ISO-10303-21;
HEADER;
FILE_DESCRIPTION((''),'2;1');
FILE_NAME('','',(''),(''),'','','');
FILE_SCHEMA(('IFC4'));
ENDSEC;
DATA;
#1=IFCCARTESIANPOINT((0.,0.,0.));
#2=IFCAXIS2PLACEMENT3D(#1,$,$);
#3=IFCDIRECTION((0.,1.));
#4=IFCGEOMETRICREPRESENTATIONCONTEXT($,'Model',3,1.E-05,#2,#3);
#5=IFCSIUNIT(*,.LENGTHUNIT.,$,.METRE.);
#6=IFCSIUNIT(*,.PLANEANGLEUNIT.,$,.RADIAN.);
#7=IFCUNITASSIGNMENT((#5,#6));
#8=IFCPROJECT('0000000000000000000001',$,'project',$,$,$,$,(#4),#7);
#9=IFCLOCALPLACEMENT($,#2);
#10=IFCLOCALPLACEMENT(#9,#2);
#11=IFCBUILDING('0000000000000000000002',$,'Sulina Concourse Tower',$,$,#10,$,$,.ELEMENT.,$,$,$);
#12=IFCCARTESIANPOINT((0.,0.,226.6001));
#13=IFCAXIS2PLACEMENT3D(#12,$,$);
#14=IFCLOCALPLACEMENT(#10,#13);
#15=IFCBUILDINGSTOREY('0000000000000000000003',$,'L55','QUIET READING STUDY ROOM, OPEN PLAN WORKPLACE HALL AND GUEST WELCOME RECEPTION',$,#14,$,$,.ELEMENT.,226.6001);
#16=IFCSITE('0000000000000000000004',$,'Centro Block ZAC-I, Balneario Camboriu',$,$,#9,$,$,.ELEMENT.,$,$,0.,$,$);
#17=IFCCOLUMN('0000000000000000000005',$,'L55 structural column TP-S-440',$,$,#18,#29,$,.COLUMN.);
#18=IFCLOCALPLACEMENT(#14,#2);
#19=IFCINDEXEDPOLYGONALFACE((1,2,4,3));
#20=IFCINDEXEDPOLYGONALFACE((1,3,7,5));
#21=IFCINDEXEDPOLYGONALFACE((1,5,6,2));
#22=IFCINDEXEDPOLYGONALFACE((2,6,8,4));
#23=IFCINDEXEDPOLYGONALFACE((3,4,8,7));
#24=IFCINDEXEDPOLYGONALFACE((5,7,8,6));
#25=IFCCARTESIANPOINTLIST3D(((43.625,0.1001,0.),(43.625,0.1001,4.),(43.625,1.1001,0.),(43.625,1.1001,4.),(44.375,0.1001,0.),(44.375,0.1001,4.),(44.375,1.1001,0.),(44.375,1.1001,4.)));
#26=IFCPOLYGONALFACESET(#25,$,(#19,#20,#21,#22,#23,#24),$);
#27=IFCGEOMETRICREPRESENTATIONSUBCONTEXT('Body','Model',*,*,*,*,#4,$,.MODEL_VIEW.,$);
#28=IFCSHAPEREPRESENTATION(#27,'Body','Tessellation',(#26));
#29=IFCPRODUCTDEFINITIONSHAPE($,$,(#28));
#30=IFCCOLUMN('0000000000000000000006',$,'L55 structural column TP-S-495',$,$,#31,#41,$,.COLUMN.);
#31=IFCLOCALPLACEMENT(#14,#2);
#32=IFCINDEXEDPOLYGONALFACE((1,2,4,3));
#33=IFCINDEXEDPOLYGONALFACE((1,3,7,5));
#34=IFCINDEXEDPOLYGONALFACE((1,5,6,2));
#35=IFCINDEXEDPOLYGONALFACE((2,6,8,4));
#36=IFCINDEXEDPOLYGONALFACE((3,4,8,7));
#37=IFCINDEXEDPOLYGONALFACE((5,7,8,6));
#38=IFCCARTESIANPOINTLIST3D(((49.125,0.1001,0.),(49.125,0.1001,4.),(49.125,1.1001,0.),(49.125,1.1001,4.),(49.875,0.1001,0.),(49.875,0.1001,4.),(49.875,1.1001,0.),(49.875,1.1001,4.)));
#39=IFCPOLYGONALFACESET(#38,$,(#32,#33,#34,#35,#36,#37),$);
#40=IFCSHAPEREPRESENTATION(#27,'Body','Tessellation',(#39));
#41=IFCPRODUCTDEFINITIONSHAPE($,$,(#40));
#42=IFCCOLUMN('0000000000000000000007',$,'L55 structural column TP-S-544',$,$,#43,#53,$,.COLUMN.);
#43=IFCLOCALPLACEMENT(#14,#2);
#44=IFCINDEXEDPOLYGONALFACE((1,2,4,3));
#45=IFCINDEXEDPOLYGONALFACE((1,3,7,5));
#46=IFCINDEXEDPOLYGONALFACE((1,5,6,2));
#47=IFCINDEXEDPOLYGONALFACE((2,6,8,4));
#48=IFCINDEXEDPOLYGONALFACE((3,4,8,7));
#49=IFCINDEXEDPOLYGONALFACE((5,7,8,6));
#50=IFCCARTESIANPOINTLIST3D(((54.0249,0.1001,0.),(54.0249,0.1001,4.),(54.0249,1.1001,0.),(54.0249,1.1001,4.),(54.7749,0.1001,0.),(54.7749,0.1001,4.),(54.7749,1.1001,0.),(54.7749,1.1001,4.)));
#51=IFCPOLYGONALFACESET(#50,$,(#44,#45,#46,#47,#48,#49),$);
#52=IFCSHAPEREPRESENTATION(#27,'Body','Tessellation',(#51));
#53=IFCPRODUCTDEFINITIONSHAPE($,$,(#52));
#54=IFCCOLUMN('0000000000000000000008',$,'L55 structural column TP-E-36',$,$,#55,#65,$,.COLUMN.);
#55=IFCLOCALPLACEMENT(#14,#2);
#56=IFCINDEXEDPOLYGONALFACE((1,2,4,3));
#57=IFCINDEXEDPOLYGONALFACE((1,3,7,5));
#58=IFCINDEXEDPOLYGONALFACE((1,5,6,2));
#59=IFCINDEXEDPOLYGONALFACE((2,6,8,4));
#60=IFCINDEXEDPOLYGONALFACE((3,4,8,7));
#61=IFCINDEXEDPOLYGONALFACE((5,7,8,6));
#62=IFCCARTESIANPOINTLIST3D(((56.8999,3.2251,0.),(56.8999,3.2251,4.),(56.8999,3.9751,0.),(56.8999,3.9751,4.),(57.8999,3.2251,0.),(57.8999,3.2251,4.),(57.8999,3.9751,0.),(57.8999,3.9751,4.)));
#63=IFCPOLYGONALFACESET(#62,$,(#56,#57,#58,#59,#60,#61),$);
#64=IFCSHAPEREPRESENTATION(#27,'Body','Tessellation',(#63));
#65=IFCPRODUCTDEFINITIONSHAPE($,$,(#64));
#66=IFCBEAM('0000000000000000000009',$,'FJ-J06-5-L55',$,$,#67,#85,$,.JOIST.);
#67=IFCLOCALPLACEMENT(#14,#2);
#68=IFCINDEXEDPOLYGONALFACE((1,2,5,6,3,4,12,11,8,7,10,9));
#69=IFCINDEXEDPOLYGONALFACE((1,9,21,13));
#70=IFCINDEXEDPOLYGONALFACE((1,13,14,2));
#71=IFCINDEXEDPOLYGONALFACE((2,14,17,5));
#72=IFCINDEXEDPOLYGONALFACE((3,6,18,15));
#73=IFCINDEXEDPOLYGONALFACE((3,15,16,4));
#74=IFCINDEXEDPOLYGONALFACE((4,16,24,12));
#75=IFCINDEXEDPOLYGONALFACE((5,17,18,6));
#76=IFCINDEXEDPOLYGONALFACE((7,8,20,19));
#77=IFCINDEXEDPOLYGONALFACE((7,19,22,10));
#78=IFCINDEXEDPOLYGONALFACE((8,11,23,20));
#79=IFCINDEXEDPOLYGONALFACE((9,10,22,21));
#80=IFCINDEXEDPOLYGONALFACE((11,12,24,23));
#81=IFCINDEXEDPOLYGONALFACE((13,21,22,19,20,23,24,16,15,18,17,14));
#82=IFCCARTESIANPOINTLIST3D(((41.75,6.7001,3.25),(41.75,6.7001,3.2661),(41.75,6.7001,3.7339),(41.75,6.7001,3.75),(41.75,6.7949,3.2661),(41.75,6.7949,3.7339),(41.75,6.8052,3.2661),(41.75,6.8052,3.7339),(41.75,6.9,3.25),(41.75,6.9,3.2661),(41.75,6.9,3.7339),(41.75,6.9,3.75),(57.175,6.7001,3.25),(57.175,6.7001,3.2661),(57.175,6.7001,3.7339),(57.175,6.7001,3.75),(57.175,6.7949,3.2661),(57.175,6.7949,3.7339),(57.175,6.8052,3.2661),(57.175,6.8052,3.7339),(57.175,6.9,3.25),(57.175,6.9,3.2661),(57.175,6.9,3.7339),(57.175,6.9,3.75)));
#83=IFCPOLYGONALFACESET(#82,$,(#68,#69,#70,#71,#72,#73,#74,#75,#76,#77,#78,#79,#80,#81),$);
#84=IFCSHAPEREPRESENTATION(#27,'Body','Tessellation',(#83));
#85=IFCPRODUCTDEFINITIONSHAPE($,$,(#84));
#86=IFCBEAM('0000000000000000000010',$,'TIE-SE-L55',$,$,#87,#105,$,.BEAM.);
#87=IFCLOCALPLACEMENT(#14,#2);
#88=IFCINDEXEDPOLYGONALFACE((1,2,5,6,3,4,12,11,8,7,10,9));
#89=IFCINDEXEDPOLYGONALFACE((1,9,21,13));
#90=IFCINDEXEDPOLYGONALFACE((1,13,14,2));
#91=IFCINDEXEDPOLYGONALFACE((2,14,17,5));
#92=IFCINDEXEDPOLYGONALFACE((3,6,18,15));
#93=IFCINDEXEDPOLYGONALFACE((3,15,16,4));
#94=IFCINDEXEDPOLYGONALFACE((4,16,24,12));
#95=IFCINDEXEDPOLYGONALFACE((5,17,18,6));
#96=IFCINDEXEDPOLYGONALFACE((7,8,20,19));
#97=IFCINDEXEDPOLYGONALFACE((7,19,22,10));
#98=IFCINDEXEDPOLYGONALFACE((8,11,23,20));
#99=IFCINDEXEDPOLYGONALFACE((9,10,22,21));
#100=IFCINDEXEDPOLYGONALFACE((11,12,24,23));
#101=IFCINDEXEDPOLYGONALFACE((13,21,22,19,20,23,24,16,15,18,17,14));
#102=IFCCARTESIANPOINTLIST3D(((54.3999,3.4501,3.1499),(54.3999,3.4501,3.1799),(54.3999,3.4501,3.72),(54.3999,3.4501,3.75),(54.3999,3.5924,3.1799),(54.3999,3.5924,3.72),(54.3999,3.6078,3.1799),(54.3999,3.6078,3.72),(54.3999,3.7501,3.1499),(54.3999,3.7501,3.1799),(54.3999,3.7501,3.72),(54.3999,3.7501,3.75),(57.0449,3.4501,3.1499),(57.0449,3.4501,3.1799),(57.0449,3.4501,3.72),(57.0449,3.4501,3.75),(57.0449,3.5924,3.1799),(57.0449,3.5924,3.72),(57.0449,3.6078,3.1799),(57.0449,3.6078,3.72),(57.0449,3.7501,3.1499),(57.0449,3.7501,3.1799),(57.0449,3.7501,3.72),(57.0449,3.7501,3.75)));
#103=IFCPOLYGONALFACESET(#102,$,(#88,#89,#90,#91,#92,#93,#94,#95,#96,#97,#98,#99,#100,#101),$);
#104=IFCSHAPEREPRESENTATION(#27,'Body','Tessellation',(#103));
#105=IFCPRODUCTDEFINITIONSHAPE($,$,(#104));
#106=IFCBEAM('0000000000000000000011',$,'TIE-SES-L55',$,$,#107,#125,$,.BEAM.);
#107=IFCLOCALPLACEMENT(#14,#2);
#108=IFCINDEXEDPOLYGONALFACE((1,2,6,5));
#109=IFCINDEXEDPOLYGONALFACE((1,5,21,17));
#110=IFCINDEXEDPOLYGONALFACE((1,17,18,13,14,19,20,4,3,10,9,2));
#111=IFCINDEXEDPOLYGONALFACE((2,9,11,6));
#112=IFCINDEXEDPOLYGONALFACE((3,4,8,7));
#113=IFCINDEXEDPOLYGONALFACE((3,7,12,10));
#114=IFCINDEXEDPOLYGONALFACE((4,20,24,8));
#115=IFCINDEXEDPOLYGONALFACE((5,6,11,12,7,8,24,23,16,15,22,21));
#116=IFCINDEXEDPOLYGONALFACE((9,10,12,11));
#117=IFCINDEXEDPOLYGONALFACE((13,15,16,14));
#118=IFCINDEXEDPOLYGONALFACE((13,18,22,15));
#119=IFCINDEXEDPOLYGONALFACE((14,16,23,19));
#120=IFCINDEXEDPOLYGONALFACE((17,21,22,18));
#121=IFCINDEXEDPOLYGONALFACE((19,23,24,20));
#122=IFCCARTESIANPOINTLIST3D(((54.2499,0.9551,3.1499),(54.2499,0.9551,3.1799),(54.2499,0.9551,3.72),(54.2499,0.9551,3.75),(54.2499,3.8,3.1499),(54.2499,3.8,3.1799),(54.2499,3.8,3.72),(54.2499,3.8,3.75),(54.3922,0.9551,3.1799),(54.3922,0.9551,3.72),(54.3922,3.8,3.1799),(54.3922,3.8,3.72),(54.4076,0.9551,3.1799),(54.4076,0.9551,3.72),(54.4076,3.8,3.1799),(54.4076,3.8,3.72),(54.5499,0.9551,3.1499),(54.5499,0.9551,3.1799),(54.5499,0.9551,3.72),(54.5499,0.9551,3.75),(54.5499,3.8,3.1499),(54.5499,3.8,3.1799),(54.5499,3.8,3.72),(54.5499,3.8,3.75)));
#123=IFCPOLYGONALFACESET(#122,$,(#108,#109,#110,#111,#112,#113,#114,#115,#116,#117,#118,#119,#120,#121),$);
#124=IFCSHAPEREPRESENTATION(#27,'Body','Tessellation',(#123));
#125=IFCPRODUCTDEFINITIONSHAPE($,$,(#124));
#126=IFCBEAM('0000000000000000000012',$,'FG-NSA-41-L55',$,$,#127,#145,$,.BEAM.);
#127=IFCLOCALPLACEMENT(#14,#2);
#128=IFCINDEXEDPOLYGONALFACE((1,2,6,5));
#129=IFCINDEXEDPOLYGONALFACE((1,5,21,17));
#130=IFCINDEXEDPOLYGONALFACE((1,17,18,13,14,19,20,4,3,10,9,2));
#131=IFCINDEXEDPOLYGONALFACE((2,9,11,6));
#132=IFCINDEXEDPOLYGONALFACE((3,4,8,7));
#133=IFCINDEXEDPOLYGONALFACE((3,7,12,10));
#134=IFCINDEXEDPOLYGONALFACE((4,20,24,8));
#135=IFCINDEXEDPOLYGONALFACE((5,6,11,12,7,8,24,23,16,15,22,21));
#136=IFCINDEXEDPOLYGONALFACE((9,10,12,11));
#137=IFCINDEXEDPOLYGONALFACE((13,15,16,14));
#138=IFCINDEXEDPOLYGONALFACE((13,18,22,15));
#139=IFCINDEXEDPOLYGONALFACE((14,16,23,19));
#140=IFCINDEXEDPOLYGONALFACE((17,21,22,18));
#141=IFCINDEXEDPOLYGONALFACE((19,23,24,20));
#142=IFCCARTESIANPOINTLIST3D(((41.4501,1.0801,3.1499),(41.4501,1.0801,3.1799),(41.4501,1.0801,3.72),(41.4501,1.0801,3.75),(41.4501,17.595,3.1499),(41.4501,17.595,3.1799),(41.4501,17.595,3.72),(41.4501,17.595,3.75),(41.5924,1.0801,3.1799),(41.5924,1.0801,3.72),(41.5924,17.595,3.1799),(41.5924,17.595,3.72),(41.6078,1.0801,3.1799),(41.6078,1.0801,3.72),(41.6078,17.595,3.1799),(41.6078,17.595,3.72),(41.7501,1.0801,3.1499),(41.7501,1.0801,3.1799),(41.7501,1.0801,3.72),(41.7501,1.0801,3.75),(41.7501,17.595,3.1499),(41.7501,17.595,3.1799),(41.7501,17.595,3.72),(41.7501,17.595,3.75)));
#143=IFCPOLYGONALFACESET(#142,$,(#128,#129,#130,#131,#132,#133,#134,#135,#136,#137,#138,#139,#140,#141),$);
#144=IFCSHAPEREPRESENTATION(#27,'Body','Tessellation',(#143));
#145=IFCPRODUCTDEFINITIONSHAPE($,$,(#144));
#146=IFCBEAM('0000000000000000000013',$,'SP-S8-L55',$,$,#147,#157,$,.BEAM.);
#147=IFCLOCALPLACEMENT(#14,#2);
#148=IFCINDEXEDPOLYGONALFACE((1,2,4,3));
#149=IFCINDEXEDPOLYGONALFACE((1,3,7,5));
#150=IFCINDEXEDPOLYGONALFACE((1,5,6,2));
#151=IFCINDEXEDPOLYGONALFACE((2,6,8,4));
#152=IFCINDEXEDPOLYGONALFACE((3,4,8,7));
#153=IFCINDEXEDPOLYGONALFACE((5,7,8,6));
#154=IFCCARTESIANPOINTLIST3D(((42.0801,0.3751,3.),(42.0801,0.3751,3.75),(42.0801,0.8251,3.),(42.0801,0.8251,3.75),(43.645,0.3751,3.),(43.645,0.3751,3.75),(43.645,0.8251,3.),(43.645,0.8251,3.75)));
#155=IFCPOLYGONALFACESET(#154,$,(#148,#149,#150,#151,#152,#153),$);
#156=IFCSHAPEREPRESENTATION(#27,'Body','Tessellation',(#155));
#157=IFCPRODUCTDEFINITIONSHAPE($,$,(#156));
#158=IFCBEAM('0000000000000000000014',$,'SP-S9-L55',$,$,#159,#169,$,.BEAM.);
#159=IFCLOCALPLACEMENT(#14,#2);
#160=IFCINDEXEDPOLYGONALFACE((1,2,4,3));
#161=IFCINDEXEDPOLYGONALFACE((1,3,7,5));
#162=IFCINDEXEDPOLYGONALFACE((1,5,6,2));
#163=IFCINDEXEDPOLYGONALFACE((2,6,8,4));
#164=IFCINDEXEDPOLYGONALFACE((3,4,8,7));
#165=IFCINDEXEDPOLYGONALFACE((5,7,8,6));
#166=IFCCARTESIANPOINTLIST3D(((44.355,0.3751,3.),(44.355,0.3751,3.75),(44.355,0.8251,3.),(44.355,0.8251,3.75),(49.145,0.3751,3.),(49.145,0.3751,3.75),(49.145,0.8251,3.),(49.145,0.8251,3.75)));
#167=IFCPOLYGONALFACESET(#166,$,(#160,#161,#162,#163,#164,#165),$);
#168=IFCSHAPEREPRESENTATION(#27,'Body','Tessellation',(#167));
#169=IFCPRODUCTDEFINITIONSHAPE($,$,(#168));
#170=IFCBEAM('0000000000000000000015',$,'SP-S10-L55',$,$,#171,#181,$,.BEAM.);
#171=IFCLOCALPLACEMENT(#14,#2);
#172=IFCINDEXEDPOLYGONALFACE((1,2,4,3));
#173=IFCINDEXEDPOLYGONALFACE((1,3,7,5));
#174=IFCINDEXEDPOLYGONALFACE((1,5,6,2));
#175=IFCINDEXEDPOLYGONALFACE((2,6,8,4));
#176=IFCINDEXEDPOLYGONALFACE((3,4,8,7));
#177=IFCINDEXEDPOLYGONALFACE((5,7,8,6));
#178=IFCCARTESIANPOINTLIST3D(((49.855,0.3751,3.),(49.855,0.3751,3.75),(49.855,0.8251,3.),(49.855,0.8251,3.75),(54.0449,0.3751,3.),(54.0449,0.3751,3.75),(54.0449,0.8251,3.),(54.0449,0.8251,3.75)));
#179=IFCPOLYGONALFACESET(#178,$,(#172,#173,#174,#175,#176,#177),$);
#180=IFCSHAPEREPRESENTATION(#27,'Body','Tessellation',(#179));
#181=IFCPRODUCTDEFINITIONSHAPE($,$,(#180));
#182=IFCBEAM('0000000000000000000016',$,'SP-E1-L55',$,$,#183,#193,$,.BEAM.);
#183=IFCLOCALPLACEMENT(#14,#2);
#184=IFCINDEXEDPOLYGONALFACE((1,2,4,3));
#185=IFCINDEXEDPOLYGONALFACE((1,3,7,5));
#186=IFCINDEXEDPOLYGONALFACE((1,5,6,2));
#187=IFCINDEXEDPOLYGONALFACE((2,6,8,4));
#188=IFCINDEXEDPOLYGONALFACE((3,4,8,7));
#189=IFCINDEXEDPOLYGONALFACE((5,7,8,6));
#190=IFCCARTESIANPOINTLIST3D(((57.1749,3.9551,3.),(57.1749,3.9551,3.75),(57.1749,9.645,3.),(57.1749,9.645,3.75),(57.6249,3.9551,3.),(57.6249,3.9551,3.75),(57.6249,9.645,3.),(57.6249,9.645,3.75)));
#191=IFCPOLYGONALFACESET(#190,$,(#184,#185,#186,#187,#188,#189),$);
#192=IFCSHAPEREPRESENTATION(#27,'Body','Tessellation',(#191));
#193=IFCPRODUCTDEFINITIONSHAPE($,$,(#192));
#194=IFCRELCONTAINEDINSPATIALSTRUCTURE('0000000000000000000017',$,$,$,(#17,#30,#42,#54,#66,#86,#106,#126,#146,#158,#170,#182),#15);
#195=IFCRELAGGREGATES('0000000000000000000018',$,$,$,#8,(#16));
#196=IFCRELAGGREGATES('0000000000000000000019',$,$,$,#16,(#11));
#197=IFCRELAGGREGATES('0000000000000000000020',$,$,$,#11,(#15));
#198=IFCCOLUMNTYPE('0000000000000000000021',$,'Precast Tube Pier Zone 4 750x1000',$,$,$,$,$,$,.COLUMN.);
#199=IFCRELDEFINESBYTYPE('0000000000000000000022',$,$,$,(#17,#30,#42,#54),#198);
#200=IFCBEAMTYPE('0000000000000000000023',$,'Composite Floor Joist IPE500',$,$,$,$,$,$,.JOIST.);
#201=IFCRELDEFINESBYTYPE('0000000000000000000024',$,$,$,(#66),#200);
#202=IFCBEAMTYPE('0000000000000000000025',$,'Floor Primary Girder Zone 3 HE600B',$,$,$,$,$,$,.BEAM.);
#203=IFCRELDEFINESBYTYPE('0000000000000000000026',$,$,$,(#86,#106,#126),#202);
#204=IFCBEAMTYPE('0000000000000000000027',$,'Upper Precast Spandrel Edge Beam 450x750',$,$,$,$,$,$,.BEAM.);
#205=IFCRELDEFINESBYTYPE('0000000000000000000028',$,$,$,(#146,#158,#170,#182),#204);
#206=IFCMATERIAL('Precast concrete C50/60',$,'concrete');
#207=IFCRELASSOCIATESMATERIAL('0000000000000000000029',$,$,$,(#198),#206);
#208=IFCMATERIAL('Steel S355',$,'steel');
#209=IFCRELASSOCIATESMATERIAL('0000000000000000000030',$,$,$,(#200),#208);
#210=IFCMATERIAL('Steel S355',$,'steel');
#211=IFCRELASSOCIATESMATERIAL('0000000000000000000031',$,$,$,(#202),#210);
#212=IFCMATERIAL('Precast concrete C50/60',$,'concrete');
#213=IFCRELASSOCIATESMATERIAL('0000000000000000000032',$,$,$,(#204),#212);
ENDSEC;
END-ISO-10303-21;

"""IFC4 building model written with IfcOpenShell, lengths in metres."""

from ifc_helpers import new_model, si_unit, direction, frame, origin, origin_2d, place, context, subcontext, project, spatial, rectangle, i_section, extrude, material, material_profile, profile_set, type_object, element, save


model = new_model("IFC4")

# Units and contexts
model_context = context("Model", 3, precision=1e-05, world=origin(), true_north=direction((0.0, 1.0)))
body_context = subcontext(model_context, "Body", "Model", "MODEL_VIEW")
ifc_project = project(units=[si_unit("LENGTHUNIT", "METRE"), si_unit("PLANEANGLEUNIT", "RADIAN")], contexts=[model_context])

# Site, building, storey
site_placement = place(None, origin())
site = spatial("IfcSite", under=ifc_project, at=site_placement, Name="Centro Block ZAC-I, Balneario Camboriu", CompositionType="ELEMENT", RefElevation=0.0)
building_placement = place(site_placement, origin())
building = spatial("IfcBuilding", under=site, at=building_placement, Name="Sulina Concourse Tower", CompositionType="ELEMENT")
storey_placement = place(building_placement, frame((0.0, 0.0, 226.6001)))
storey = spatial("IfcBuildingStorey", under=building, at=storey_placement, Name="L55", Description="QUIET READING STUDY ROOM, OPEN PLAN WORKPLACE HALL AND GUEST WELCOME RECEPTION", CompositionType="ELEMENT", Elevation=226.6001)

# Columns
ifc_material_1 = material(Name="Precast concrete C50/60", Category="concrete")
ifc_material_profile_1 = material_profile(ifc_material_1, rectangle(XDim=0.75, YDim=1.0, at=origin_2d()), Name="PC 750x1000")
ifc_profile_set_1 = profile_set([ifc_material_profile_1], Name="Precast concrete C50/60")
column_type = type_object("IfcColumnType", Name="Precast Tube Pier Zone 4 750x1000", PredefinedType="COLUMN", material=ifc_profile_set_1)
for number, where, z_axis, x_axis, name in (
    (1, (44.0, 0.6001, 0.0), (0.0, 0.0, 1.0), (1.0, 0.0, 0.0), "L55 structural column TP-S-440"),
    (2, (49.5, 0.6001, 0.0), (0.0, 0.0, 1.0), (1.0, 0.0, 0.0), "L55 structural column TP-S-495"),
    (3, (54.3999, 0.6001, 0.0), (0.0, 0.0, 1.0), (1.0, 0.0, 0.0), "L55 structural column TP-S-544"),
    (4, (57.3999, 3.6001, 0.0), (0.0, 0.0, 1.0), (0.0, 1.0, 0.0), "L55 structural column TP-E-36"),
):
    element("IfcColumn", number, at=place(storey_placement, frame(where, z_axis=z_axis, x_axis=x_axis)), inside=storey, type_object=column_type, Name=name, PredefinedType="COLUMN", context=body_context, shape_type="SweptSolid", body=[
        extrude(rectangle(XDim=0.75, YDim=1.0, at=origin_2d()), origin(), (0.0, 0.0, 1.0), 4.0),
    ])

# Beams
ifc_material_2 = material(Name="Steel S355", Category="steel")
ifc_material_profile_2 = material_profile(ifc_material_2, i_section(OverallWidth=0.2, OverallDepth=0.5, WebThickness=0.0103, FlangeThickness=0.0161, at=origin_2d()), Name="IPE 500")
ifc_profile_set_2 = profile_set([ifc_material_profile_2], Name="Steel S355")
beam_type_1 = type_object("IfcBeamType", Name="Composite Floor Joist IPE500", PredefinedType="JOIST", material=ifc_profile_set_2)
beam_1_placement = place(storey_placement, frame((41.75, 6.8, 3.5), z_axis=(1.0, 0.0, 0.0), x_axis=(0.0, 1.0, 0.0)))
element("IfcBeam", 5, at=beam_1_placement, inside=storey, type_object=beam_type_1, Name="FJ-J06-5-L55", PredefinedType="JOIST", context=body_context, shape_type="SweptSolid", body=[
    extrude(i_section(OverallWidth=0.2, OverallDepth=0.5, WebThickness=0.0103, FlangeThickness=0.0161, at=origin_2d()), origin(), (0.0, 0.0, 1.0), 15.425),
])
ifc_material_3 = material(Name="Steel S355", Category="steel")
ifc_material_profile_3 = material_profile(ifc_material_3, i_section(OverallWidth=0.3, OverallDepth=0.6001, WebThickness=0.0154, FlangeThickness=0.03, at=origin_2d()), Name="HE 600 B")
ifc_profile_set_3 = profile_set([ifc_material_profile_3], Name="Steel S355")
beam_type_2 = type_object("IfcBeamType", Name="Floor Primary Girder Zone 3 HE600B", PredefinedType="BEAM", material=ifc_profile_set_3)
beam_2_placement = place(storey_placement, frame((54.3999, 3.6001, 3.45), z_axis=(1.0, 0.0, 0.0), x_axis=(0.0, 1.0, 0.0)))
element("IfcBeam", 6, at=beam_2_placement, inside=storey, type_object=beam_type_2, Name="TIE-SE-L55", PredefinedType="BEAM", context=body_context, shape_type="SweptSolid", body=[
    extrude(i_section(OverallWidth=0.3, OverallDepth=0.6001, WebThickness=0.0154, FlangeThickness=0.03, at=origin_2d()), origin(), (0.0, 0.0, 1.0), 2.645),
])
beam_3_placement = place(storey_placement, frame((54.3999, 0.9551, 3.45), z_axis=(0.0, 1.0, 0.0), x_axis=(-1.0, 0.0, 0.0)))
element("IfcBeam", 7, at=beam_3_placement, inside=storey, type_object=beam_type_2, Name="TIE-SES-L55", PredefinedType="BEAM", context=body_context, shape_type="SweptSolid", body=[
    extrude(i_section(OverallWidth=0.3, OverallDepth=0.6001, WebThickness=0.0154, FlangeThickness=0.03, at=origin_2d()), origin(), (0.0, 0.0, 1.0), 2.845),
])
beam_4_placement = place(storey_placement, frame((41.6001, 1.0801, 3.45), z_axis=(0.0, 1.0, 0.0), x_axis=(-1.0, 0.0, 0.0)))
element("IfcBeam", 8, at=beam_4_placement, inside=storey, type_object=beam_type_2, Name="FG-NSA-41-L55", PredefinedType="BEAM", context=body_context, shape_type="SweptSolid", body=[
    extrude(i_section(OverallWidth=0.3, OverallDepth=0.6001, WebThickness=0.0154, FlangeThickness=0.03, at=origin_2d()), origin(), (0.0, 0.0, 1.0), 16.5149),
])
ifc_material_4 = material(Name="Precast concrete C50/60", Category="concrete")
ifc_material_profile_4 = material_profile(ifc_material_4, rectangle(XDim=0.45, YDim=0.75, at=origin_2d()), Name="RC 450x750")
ifc_profile_set_4 = profile_set([ifc_material_profile_4], Name="Precast concrete C50/60")
beam_type_3 = type_object("IfcBeamType", Name="Upper Precast Spandrel Edge Beam 450x750", PredefinedType="BEAM", material=ifc_profile_set_4)
beam_5_placement = place(storey_placement, frame((42.0801, 0.6001, 3.375), z_axis=(1.0, 0.0, 0.0), x_axis=(0.0, 1.0, 0.0)))
element("IfcBeam", 9, at=beam_5_placement, inside=storey, type_object=beam_type_3, Name="SP-S8-L55", PredefinedType="BEAM", context=body_context, shape_type="SweptSolid", body=[
    extrude(rectangle(XDim=0.45, YDim=0.75, at=origin_2d()), origin(), (0.0, 0.0, 1.0), 1.5649),
])
beam_6_placement = place(storey_placement, frame((44.355, 0.6001, 3.375), z_axis=(1.0, 0.0, 0.0), x_axis=(0.0, 1.0, 0.0)))
element("IfcBeam", 10, at=beam_6_placement, inside=storey, type_object=beam_type_3, Name="SP-S9-L55", PredefinedType="BEAM", context=body_context, shape_type="SweptSolid", body=[
    extrude(rectangle(XDim=0.45, YDim=0.75, at=origin_2d()), origin(), (0.0, 0.0, 1.0), 4.79),
])
beam_7_placement = place(storey_placement, frame((49.855, 0.6001, 3.375), z_axis=(1.0, 0.0, 0.0), x_axis=(0.0, 1.0, 0.0)))
element("IfcBeam", 11, at=beam_7_placement, inside=storey, type_object=beam_type_3, Name="SP-S10-L55", PredefinedType="BEAM", context=body_context, shape_type="SweptSolid", body=[
    extrude(rectangle(XDim=0.45, YDim=0.75, at=origin_2d()), origin(), (0.0, 0.0, 1.0), 4.1899),
])
beam_8_placement = place(storey_placement, frame((57.3999, 3.9551, 3.375), z_axis=(0.0, 1.0, 0.0), x_axis=(-1.0, 0.0, 0.0)))
element("IfcBeam", 12, at=beam_8_placement, inside=storey, type_object=beam_type_3, Name="SP-E1-L55", PredefinedType="BEAM", context=body_context, shape_type="SweptSolid", body=[
    extrude(rectangle(XDim=0.45, YDim=0.75, at=origin_2d()), origin(), (0.0, 0.0, 1.0), 5.6899),
])

save(model, "model.ifc")
